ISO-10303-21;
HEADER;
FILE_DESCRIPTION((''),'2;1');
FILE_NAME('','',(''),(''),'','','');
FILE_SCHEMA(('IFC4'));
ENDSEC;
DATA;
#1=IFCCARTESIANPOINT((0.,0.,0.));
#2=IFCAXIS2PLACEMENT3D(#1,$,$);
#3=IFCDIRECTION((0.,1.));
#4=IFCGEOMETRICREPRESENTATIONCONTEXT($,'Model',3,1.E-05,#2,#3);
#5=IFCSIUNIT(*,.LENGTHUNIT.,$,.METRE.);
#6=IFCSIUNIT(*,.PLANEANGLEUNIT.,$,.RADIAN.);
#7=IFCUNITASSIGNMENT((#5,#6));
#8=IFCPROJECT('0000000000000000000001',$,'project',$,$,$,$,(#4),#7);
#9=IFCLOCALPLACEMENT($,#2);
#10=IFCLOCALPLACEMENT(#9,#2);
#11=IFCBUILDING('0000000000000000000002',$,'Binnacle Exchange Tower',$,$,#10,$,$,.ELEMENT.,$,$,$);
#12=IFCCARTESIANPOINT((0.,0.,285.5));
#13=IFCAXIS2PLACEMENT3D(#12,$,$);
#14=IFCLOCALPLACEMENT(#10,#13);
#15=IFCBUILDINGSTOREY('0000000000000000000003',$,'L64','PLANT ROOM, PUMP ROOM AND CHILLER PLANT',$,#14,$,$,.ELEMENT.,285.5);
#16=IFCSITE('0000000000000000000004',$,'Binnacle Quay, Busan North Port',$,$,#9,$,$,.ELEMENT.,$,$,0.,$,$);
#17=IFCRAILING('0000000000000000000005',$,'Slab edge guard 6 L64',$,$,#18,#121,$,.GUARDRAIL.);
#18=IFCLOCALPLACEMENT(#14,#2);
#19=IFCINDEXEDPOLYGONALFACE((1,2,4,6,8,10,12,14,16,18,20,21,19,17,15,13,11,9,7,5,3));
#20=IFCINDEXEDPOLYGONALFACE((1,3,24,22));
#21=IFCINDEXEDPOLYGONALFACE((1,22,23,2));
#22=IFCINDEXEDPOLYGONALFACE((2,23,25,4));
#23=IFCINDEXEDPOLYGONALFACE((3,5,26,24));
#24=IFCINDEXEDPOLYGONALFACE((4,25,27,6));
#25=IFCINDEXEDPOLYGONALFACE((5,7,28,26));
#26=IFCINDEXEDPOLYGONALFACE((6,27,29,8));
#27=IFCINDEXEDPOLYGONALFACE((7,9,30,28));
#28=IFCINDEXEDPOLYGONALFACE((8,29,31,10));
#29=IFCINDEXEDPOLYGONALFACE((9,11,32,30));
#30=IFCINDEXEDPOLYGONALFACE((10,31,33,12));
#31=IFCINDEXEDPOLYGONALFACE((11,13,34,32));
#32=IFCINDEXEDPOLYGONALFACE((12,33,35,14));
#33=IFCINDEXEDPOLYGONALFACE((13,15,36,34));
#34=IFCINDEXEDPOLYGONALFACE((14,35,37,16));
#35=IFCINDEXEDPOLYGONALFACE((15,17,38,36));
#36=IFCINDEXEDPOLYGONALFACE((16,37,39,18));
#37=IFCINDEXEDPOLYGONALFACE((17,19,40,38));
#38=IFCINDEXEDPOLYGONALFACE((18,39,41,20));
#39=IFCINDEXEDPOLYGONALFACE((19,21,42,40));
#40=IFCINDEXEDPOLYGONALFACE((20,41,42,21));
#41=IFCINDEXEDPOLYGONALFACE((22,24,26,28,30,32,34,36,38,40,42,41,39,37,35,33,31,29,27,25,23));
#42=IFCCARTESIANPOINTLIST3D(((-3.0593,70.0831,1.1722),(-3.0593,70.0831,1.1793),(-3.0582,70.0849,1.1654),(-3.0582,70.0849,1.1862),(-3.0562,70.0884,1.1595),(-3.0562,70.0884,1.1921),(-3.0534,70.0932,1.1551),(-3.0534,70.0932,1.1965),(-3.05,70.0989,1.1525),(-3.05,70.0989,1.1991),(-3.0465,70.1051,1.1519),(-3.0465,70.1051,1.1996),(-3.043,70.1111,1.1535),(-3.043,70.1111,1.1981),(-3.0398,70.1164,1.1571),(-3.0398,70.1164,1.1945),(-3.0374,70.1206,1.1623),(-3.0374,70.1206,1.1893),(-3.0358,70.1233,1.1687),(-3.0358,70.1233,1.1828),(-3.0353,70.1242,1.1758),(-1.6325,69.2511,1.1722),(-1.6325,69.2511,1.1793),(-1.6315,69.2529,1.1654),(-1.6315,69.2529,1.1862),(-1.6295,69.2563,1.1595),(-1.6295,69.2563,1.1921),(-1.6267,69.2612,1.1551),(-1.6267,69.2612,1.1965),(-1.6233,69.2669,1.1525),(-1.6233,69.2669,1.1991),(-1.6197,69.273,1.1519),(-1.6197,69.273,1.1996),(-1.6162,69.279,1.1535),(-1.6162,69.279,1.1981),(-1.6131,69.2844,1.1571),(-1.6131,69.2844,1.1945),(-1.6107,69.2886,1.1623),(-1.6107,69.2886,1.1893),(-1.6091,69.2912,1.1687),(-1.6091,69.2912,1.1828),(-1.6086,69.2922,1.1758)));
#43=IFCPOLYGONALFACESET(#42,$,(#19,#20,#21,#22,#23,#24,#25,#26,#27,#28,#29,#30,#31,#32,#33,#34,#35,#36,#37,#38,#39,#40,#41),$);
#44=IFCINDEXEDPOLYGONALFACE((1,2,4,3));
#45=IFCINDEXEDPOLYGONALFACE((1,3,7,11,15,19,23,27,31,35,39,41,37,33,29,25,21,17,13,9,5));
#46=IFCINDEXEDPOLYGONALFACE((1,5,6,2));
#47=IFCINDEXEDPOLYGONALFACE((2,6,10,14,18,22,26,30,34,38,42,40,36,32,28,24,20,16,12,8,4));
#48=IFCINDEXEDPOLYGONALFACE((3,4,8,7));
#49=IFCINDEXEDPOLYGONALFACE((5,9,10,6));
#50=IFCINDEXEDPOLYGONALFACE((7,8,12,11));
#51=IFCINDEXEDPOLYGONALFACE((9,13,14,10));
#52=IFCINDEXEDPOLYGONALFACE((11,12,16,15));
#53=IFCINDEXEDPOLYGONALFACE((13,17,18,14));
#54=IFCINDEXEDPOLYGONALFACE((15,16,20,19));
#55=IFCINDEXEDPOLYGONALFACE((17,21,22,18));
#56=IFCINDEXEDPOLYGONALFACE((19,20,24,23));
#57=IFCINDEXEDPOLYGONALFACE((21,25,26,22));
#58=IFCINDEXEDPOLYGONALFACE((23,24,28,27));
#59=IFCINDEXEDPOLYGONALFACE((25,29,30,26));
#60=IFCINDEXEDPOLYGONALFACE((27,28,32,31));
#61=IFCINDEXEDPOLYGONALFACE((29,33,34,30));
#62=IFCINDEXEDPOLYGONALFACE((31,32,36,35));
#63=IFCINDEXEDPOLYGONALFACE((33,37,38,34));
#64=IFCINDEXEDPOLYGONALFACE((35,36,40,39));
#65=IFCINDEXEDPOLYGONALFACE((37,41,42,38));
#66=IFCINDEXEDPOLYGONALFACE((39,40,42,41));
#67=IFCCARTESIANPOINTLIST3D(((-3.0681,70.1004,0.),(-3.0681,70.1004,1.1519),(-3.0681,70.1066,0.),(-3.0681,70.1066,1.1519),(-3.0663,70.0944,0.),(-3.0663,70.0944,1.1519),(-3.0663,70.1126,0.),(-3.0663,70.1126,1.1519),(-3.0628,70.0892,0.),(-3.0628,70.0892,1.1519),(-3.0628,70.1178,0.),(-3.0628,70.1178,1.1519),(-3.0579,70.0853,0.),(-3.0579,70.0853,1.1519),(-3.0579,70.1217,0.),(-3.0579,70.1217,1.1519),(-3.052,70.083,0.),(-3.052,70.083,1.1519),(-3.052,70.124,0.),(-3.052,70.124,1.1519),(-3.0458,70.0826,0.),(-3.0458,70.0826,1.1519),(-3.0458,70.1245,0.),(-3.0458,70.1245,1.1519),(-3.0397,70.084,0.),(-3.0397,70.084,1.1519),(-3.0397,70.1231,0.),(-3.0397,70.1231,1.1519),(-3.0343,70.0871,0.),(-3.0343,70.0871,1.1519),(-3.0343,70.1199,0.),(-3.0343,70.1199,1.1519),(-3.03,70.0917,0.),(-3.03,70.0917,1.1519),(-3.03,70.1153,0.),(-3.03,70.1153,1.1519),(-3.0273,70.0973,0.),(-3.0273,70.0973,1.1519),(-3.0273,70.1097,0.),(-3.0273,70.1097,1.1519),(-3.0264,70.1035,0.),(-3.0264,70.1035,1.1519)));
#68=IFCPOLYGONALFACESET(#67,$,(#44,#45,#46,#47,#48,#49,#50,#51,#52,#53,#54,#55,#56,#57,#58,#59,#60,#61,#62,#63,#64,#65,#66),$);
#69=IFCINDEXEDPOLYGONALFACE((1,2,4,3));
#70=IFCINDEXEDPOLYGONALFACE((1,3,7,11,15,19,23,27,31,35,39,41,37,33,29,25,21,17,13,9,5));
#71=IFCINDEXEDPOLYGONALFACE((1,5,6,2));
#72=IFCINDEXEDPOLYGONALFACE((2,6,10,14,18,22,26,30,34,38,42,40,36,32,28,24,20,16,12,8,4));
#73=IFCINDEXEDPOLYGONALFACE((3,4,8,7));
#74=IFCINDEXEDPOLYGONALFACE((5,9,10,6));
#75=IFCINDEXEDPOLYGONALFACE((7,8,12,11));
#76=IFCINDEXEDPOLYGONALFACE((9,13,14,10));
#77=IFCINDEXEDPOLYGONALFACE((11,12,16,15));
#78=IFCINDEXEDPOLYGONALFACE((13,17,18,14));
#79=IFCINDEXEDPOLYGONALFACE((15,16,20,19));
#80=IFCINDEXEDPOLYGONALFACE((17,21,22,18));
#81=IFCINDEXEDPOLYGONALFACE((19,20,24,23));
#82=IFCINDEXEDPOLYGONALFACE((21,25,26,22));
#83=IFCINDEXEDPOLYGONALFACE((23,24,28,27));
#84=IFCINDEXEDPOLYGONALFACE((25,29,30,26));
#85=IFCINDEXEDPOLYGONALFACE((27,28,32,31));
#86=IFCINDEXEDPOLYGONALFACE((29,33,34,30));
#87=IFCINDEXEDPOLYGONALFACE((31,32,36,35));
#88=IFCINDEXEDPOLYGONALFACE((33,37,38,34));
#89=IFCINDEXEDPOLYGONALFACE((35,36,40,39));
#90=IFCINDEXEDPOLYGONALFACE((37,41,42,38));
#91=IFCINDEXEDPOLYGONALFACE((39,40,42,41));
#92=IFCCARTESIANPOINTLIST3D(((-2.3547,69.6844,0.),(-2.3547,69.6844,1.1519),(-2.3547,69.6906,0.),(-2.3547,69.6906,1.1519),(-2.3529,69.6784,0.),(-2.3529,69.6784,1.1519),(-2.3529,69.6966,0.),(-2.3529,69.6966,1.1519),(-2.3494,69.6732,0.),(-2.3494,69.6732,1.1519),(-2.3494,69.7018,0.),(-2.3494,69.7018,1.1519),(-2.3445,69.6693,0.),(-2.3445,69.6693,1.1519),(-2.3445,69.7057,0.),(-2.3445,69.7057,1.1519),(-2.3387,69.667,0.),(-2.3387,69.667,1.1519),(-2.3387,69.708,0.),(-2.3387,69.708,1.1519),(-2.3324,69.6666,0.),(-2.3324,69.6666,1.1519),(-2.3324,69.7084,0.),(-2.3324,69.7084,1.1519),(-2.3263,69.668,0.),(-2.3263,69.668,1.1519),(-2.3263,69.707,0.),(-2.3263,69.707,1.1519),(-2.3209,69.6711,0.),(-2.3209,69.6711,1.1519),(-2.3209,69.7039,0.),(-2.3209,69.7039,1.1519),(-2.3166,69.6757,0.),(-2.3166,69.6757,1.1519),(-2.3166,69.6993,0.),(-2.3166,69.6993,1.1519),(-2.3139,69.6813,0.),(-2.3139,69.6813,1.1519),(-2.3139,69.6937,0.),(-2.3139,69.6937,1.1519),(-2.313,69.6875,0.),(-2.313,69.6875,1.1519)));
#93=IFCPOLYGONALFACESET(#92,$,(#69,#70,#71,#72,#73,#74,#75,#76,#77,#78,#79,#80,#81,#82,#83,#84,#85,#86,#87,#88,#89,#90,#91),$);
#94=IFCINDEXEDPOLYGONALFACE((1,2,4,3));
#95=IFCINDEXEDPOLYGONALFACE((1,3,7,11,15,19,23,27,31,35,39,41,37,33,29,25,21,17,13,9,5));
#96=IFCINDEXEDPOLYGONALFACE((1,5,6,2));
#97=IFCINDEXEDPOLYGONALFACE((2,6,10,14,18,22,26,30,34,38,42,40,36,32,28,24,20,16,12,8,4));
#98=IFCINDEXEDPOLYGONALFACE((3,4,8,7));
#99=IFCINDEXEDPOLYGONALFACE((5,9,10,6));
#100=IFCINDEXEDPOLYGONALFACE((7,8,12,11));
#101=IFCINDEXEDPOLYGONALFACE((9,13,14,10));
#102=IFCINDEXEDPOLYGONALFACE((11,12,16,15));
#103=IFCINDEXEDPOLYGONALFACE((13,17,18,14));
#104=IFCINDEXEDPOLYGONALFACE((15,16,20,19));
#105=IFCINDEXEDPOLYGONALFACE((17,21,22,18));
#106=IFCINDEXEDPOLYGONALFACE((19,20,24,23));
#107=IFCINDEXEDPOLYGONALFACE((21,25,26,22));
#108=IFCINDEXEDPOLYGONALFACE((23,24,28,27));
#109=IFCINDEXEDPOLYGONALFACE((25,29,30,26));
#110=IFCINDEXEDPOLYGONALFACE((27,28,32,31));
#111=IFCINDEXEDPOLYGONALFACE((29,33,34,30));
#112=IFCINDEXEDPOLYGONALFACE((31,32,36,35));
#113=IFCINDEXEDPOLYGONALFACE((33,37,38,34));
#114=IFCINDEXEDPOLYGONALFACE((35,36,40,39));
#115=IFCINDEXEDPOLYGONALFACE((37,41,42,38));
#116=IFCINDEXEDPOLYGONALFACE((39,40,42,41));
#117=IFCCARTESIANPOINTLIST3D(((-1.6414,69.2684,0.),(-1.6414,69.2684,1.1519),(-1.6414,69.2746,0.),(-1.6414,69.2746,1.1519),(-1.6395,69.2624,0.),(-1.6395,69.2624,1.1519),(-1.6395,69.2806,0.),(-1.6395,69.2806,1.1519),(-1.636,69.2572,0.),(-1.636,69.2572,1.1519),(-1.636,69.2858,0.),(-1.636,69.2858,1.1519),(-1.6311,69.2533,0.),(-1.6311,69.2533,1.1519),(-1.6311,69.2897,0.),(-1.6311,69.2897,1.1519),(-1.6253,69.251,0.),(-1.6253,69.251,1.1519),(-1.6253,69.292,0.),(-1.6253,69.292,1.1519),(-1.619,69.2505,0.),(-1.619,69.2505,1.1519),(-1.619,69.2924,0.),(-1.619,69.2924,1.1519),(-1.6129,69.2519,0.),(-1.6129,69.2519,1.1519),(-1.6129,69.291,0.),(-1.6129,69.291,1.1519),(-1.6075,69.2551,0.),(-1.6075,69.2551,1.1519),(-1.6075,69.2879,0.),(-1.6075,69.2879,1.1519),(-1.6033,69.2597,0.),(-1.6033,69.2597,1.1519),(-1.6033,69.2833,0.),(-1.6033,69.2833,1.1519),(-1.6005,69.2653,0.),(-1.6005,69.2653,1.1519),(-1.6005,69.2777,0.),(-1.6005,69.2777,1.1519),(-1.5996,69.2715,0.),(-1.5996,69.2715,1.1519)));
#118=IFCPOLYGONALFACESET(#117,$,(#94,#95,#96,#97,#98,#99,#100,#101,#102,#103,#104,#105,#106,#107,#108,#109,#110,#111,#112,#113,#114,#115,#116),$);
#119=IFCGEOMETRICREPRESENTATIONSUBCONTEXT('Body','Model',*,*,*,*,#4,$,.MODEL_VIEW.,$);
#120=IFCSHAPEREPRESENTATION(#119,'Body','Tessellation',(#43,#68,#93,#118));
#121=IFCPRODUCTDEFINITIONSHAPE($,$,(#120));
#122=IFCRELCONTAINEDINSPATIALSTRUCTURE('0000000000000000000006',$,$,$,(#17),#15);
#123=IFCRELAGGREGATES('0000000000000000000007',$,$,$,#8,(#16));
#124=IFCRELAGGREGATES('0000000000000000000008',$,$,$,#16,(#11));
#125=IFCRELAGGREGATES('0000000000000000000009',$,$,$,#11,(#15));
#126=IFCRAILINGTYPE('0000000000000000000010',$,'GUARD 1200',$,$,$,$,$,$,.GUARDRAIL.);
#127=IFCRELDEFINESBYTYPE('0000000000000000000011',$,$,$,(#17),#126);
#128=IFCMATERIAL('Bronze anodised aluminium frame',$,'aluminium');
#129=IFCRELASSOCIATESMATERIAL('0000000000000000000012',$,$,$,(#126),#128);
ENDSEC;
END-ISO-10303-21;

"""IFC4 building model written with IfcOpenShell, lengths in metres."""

from ifc_helpers import new_model, si_unit, direction, frame, origin, origin_2d, place, context, subcontext, project, spatial, circle, extrude, material, type_object, element, save


model = new_model("IFC4")

# Units and contexts
model_context = context("Model", 3, precision=1e-05, world=origin(), true_north=direction((0.0, 1.0)))
body_context = subcontext(model_context, "Body", "Model", "MODEL_VIEW")
ifc_project = project(units=[si_unit("LENGTHUNIT", "METRE"), si_unit("PLANEANGLEUNIT", "RADIAN")], contexts=[model_context])

# Site, building, storey
site_placement = place(None, origin())
site = spatial("IfcSite", under=ifc_project, at=site_placement, Name="Binnacle Quay, Busan North Port", CompositionType="ELEMENT", RefElevation=0.0)
building_placement = place(site_placement, origin())
building = spatial("IfcBuilding", under=site, at=building_placement, Name="Binnacle Exchange Tower", CompositionType="ELEMENT")
storey_placement = place(building_placement, frame((0.0, 0.0, 285.5)))
storey = spatial("IfcBuildingStorey", under=building, at=storey_placement, Name="L64", Description="PLANT ROOM, PUMP ROOM AND CHILLER PLANT", CompositionType="ELEMENT", Elevation=285.5)

# Railing
ifc_material_1 = material(Name="Bronze anodised aluminium frame", Category="aluminium")
railing_type = type_object("IfcRailingType", Name="GUARD 1200", PredefinedType="GUARDRAIL", material=ifc_material_1)
railing_1_placement = place(storey_placement, frame((-3.0474, 70.1035, 0.0)))
element("IfcRailing", 1, at=railing_1_placement, inside=storey, type_object=railing_type, Name="Slab edge guard 6 L64", PredefinedType="GUARDRAIL", context=body_context, shape_type="SweptSolid", body=[
    extrude(circle(Radius=0.0239, at=origin_2d()), frame((0.0, 0.0, 1.1758), z_axis=(0.863843, -0.503761, 0.0), x_axis=(0.503761, 0.863843, 0.0)), (0.0, 0.0, 1.0), 1.6516),
    extrude(circle(Radius=0.021, at=origin_2d()), origin(), (0.0, 0.0, 1.0), 1.1519),
    extrude(circle(Radius=0.021, at=origin_2d()), frame((0.7134, -0.416, 0.0)), (0.0, 0.0, 1.0), 1.1519),
    extrude(circle(Radius=0.021, at=origin_2d()), frame((1.4268, -0.832, 0.0)), (0.0, 0.0, 1.0), 1.1519),
])

save(model, "model.ifc")
